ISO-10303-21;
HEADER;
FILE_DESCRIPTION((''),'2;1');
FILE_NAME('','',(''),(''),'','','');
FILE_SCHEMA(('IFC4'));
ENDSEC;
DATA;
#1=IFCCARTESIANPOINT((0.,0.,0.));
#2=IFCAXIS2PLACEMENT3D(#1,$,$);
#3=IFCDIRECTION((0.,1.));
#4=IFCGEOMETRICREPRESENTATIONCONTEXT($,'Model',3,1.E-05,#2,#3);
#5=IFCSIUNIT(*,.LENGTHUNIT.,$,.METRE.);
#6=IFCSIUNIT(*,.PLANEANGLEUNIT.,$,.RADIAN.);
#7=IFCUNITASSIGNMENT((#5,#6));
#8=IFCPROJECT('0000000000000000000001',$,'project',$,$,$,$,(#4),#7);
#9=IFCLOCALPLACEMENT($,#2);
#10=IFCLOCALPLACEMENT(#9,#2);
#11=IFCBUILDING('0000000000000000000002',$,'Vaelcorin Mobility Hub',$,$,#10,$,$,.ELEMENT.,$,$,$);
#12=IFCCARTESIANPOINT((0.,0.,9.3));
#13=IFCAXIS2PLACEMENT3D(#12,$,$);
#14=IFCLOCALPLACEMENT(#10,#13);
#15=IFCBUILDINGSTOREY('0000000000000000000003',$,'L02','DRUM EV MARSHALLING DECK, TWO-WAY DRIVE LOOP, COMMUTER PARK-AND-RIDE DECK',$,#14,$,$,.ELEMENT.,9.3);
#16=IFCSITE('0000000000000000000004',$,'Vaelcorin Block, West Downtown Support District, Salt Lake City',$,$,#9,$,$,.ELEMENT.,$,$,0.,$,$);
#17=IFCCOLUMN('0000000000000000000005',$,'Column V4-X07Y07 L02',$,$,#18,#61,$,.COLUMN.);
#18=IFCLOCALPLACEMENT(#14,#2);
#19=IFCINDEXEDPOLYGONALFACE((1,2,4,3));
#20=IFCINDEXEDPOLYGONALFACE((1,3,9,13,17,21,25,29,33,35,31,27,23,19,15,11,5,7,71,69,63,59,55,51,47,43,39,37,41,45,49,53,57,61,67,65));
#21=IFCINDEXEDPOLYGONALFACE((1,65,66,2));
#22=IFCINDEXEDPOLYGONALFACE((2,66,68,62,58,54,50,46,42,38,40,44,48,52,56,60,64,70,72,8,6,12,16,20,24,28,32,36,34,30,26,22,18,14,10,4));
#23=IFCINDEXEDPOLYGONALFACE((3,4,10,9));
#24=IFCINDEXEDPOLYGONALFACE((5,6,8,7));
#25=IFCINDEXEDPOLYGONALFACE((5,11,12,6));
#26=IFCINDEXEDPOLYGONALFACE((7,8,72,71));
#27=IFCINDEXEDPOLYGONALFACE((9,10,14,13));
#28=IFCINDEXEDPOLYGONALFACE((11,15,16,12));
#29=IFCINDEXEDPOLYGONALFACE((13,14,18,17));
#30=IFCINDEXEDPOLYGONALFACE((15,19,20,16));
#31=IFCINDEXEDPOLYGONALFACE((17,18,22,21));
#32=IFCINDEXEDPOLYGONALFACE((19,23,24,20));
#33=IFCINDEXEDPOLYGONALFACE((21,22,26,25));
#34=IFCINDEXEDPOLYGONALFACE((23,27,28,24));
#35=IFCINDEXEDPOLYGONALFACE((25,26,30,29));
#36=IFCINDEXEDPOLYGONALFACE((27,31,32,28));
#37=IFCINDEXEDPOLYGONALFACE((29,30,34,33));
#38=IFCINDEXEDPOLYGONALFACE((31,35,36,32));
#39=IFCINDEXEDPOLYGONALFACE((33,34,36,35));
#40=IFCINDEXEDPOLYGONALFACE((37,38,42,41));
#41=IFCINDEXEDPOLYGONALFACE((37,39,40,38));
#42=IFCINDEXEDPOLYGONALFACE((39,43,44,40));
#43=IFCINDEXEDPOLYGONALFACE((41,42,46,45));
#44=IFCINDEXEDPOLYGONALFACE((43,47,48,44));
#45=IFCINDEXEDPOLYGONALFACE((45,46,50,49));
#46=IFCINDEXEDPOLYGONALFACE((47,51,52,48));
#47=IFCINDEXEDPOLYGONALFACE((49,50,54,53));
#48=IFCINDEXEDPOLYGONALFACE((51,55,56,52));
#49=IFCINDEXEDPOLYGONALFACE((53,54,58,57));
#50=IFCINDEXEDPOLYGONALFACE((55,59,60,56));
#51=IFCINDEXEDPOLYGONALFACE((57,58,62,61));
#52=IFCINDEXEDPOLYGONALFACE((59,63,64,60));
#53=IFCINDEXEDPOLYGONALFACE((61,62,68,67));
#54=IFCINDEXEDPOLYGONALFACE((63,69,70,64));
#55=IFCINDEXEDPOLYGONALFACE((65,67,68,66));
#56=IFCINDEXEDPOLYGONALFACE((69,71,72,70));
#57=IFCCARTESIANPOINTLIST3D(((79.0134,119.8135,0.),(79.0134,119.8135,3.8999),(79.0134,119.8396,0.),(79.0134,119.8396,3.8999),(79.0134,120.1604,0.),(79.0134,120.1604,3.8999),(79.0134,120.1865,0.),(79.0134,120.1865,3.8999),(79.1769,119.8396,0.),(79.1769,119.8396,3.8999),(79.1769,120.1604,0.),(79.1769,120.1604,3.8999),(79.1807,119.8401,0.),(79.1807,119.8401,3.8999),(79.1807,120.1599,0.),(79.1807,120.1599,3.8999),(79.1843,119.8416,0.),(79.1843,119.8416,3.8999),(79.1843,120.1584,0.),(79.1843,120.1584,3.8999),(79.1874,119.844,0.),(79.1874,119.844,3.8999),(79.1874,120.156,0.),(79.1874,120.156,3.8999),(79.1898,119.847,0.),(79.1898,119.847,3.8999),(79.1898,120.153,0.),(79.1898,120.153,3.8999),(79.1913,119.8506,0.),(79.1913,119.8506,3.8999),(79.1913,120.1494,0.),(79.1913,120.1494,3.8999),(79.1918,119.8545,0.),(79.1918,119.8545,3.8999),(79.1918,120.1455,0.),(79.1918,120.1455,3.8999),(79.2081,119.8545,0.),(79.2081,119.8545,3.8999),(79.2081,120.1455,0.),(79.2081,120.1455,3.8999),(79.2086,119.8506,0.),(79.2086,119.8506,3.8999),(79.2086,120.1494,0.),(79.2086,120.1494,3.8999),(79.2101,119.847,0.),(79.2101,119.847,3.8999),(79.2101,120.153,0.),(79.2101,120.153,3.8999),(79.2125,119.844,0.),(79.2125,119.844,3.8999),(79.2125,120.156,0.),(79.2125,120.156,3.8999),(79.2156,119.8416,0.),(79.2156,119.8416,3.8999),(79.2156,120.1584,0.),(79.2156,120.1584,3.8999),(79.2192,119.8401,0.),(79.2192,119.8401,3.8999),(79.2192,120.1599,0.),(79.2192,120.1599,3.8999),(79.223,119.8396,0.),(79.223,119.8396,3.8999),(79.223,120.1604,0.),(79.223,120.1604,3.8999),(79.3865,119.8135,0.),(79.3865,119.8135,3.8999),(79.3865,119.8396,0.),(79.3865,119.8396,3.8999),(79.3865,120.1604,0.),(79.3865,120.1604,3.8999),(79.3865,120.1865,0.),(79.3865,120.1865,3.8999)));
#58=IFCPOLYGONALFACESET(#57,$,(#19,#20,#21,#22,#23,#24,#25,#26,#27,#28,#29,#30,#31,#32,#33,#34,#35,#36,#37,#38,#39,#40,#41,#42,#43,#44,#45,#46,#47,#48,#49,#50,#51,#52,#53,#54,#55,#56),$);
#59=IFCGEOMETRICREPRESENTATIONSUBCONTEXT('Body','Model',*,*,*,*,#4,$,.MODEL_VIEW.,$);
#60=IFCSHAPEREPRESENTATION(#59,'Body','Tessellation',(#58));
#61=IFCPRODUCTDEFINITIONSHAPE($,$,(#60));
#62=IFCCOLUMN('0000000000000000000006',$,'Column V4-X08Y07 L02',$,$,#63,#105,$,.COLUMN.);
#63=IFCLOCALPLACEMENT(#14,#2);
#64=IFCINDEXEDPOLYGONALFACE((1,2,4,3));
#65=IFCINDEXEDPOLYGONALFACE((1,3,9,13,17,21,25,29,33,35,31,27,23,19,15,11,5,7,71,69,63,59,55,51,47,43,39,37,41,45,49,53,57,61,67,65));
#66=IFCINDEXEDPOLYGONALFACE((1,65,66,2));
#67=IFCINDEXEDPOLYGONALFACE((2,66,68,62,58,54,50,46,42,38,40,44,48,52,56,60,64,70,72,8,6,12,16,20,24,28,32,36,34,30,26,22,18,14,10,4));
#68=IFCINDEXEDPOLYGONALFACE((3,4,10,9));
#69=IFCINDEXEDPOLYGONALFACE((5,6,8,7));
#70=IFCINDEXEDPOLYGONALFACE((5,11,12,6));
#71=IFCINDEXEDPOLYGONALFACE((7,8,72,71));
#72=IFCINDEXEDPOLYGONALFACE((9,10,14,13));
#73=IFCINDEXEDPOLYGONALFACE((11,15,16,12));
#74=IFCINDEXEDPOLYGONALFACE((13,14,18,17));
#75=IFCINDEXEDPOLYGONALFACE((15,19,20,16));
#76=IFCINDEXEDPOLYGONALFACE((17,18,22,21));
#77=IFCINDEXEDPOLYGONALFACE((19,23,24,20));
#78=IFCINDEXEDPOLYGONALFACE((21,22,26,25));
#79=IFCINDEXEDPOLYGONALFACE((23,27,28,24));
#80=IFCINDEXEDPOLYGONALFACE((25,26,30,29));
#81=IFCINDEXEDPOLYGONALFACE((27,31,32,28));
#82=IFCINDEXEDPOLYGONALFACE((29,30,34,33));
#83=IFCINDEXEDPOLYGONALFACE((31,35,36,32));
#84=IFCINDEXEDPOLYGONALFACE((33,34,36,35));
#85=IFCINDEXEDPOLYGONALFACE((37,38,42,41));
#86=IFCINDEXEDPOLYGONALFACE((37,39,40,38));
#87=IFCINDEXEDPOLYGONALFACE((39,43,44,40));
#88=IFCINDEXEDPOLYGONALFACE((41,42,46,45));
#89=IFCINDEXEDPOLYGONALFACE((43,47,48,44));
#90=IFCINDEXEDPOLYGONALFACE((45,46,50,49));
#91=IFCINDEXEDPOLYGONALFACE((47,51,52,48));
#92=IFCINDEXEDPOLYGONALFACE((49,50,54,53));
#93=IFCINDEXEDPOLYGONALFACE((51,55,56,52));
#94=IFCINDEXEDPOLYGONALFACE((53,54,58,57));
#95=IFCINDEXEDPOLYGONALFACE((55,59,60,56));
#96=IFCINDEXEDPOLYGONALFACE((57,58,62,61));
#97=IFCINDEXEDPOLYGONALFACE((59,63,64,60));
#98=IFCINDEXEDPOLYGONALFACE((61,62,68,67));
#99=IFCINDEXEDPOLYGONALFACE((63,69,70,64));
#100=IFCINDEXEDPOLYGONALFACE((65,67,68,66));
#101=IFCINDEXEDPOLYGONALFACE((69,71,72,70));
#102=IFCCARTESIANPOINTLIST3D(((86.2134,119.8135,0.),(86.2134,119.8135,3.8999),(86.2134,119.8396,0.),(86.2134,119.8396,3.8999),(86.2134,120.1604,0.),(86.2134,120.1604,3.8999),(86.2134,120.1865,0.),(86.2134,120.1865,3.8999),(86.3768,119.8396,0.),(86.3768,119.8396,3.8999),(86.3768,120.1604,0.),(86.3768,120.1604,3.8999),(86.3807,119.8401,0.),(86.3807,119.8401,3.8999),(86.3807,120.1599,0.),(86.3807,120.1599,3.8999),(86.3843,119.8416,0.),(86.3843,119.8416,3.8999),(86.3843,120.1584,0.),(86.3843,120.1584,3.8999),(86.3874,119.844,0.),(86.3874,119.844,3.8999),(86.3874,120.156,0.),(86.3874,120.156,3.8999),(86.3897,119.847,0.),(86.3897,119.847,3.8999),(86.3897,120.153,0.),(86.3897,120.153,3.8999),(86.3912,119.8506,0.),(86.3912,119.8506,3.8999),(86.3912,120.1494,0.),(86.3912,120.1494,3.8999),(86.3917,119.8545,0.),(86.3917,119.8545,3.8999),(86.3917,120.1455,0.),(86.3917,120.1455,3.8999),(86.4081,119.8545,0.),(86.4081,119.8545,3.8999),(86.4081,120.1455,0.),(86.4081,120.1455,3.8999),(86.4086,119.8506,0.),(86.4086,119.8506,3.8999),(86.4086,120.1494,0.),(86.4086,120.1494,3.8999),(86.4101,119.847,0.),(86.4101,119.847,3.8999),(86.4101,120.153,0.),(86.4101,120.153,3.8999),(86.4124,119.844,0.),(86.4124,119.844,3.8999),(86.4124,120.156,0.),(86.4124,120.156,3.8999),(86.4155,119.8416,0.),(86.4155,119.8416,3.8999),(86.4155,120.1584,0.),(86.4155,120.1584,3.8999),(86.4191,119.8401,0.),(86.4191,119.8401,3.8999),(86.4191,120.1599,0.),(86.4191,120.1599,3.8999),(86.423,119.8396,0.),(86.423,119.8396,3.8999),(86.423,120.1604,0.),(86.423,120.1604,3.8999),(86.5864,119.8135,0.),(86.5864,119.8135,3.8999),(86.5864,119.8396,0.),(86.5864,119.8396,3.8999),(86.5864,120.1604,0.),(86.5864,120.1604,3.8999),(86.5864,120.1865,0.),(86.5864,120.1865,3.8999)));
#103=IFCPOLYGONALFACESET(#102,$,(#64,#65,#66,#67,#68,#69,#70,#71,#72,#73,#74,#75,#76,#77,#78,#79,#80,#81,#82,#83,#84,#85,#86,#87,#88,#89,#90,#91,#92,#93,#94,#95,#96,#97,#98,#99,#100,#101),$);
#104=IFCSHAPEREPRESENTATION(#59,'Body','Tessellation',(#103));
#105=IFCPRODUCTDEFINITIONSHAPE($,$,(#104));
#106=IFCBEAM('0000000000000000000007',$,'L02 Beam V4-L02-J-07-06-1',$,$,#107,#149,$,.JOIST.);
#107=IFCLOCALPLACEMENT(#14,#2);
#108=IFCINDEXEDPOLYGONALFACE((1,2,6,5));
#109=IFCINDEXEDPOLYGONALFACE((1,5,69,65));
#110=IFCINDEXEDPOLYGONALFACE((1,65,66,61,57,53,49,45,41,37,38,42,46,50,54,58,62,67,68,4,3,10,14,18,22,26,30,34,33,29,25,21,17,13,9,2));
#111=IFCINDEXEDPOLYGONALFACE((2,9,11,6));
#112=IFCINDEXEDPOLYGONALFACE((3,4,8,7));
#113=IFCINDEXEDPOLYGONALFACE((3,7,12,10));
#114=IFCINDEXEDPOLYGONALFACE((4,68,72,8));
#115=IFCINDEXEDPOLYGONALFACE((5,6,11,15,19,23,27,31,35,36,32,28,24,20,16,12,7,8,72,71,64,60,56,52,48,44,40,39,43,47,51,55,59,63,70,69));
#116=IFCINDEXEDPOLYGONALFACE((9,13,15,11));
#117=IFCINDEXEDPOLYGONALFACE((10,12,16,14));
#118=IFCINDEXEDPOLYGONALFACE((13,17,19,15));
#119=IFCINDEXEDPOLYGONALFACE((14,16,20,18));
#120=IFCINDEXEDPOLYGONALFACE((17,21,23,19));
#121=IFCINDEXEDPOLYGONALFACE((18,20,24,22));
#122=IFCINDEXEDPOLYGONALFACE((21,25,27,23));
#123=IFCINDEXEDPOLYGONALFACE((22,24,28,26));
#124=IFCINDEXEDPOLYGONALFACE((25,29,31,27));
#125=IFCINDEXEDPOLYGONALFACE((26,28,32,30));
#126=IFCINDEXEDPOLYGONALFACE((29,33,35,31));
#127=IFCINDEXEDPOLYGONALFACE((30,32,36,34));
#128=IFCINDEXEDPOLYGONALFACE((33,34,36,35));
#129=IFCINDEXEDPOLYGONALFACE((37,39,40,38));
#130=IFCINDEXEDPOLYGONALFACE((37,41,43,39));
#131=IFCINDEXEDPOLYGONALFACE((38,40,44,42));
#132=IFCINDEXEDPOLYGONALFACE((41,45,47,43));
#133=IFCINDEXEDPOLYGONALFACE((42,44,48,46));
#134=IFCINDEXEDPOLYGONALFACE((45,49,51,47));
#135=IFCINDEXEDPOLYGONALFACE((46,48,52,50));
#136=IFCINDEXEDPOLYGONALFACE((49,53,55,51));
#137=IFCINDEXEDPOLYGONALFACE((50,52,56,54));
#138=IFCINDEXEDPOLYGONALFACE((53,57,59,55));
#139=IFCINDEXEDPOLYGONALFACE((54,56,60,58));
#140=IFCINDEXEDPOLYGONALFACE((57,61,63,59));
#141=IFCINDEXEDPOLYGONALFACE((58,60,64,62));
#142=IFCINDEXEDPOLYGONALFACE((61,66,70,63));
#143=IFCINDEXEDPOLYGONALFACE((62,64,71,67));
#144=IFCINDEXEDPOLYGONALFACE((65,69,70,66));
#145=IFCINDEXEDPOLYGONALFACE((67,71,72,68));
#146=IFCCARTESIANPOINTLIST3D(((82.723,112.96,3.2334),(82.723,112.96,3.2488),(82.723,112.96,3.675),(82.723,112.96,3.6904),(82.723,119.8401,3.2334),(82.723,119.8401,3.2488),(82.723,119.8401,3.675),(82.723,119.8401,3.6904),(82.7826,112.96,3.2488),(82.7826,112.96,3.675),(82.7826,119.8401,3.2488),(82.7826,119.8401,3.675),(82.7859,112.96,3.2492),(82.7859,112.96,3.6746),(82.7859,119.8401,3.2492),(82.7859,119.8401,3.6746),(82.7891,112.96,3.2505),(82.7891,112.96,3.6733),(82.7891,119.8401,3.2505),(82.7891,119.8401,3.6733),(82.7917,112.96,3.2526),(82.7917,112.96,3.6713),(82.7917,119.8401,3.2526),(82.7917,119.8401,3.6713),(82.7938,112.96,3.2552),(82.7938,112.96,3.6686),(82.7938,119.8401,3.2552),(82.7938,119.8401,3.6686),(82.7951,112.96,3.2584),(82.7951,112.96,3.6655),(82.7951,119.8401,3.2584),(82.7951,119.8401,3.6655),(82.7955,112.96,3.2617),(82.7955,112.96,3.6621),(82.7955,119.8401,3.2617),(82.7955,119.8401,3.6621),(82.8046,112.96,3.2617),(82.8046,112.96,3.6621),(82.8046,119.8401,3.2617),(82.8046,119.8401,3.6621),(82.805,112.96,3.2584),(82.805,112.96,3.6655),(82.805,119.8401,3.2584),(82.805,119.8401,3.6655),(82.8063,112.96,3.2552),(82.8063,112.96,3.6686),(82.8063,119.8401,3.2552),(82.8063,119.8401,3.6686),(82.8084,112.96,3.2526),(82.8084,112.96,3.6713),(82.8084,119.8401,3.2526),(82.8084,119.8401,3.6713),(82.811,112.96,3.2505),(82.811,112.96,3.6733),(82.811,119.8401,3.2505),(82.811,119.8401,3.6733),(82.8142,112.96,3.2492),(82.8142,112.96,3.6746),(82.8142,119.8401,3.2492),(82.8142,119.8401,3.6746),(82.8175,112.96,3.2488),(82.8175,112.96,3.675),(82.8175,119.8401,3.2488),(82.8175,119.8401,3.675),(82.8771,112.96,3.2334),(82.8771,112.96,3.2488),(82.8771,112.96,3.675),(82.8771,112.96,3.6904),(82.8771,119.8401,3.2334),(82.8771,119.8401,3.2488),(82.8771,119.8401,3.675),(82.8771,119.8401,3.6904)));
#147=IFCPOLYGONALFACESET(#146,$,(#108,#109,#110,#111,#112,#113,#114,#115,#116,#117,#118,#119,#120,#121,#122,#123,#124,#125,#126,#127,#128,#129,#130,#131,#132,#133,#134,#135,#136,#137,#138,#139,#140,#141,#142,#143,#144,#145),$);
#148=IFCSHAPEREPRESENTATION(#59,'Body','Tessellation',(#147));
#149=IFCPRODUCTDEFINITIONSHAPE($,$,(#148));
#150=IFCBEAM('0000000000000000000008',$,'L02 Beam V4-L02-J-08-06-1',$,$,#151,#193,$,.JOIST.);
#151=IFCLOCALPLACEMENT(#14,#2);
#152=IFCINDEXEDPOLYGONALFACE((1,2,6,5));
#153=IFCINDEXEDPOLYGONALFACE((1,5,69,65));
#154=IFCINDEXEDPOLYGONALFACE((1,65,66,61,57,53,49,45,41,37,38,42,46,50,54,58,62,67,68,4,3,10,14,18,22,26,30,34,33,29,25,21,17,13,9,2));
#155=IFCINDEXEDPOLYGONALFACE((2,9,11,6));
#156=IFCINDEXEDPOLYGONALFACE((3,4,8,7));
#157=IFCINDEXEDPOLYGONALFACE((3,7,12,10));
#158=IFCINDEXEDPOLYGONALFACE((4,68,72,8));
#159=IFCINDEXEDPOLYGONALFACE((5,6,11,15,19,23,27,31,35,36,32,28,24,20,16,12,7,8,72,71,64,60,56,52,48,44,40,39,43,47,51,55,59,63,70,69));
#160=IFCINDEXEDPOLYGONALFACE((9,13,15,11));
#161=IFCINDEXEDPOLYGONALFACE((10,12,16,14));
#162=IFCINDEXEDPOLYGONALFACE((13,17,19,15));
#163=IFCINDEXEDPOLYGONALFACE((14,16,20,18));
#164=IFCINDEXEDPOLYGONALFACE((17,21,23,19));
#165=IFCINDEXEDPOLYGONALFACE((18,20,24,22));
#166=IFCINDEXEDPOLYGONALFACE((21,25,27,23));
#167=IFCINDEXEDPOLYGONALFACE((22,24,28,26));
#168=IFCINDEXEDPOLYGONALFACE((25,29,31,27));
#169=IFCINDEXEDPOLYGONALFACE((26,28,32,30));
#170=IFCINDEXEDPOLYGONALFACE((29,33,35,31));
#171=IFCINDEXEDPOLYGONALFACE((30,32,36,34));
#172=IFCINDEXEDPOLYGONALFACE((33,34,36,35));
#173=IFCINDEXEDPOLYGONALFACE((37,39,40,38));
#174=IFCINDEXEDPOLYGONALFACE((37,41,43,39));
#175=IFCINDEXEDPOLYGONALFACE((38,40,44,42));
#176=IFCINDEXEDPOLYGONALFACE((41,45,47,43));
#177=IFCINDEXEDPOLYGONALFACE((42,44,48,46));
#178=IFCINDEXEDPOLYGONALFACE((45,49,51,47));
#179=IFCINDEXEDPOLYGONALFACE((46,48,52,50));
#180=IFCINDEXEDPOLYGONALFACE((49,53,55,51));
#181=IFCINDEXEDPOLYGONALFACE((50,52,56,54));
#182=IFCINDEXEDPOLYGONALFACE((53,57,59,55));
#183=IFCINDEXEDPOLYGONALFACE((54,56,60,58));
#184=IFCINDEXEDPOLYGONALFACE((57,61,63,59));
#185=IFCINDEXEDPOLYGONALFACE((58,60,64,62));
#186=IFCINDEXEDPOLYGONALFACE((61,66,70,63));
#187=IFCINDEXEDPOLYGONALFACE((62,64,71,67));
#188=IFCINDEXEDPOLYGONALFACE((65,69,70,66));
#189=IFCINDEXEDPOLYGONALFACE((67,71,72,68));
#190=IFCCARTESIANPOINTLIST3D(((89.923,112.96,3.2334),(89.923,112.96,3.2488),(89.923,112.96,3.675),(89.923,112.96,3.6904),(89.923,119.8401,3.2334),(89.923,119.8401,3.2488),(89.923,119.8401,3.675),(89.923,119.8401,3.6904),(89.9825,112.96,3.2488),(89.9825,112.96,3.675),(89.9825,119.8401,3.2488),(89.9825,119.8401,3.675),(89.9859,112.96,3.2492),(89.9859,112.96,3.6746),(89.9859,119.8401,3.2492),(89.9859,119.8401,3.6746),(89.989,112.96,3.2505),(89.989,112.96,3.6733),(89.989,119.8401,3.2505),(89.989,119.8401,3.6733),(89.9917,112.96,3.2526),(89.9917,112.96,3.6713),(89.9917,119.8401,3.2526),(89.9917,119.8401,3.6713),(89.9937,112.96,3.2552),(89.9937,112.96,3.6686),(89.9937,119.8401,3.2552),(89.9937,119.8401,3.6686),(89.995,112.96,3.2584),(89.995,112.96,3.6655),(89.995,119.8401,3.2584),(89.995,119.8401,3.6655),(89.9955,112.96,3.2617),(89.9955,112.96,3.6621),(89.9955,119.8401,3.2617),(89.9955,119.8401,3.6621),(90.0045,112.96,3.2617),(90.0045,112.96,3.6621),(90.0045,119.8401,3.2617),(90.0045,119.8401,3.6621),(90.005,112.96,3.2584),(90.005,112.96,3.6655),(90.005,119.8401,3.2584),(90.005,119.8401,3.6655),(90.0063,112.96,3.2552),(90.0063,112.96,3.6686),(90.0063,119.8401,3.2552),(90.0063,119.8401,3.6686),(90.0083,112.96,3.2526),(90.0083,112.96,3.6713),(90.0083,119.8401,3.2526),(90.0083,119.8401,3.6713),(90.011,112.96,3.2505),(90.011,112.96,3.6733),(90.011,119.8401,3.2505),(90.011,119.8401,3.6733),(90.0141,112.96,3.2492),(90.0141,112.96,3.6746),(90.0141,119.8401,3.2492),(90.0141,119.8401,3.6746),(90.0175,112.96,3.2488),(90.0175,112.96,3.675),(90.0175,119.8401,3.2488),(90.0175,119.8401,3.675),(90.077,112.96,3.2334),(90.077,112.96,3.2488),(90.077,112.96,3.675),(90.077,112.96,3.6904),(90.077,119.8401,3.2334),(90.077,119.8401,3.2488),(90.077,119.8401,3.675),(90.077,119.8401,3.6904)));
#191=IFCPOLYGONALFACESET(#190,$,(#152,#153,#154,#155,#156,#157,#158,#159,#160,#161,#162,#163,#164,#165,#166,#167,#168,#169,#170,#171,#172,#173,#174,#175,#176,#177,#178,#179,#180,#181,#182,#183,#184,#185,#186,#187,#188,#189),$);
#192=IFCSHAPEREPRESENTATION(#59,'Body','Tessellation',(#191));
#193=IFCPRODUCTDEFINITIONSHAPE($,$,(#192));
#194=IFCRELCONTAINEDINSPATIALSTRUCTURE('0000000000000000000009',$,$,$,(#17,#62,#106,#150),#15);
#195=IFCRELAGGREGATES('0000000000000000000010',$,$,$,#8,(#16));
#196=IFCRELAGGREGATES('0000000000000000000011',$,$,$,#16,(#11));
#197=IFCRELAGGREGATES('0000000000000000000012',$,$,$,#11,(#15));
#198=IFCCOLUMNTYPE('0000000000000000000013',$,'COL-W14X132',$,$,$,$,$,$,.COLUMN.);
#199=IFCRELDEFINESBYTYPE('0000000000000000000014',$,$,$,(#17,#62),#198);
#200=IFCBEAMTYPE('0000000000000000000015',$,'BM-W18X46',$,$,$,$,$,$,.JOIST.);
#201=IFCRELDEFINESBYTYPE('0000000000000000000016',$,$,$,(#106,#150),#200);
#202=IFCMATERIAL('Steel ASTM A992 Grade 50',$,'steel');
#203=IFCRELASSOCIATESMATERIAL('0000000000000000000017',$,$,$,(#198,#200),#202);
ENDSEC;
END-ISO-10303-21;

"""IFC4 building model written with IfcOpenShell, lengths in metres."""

from ifc_helpers import new_model, si_unit, direction, frame, origin, origin_2d, place, context, subcontext, project, spatial, i_section, extrude, material, material_profile, profile_set, type_object, element, save


model = new_model("IFC4")

# Units and contexts
model_context = context("Model", 3, precision=1e-05, world=origin(), true_north=direction((0.0, 1.0)))
body_context = subcontext(model_context, "Body", "Model", "MODEL_VIEW")
ifc_project = project(units=[si_unit("LENGTHUNIT", "METRE"), si_unit("PLANEANGLEUNIT", "RADIAN")], contexts=[model_context])

# Site, building, storey
site_placement = place(None, origin())
site = spatial("IfcSite", under=ifc_project, at=site_placement, Name="Vaelcorin Block, West Downtown Support District, Salt Lake City", CompositionType="ELEMENT", RefElevation=0.0)
building_placement = place(site_placement, origin())
building = spatial("IfcBuilding", under=site, at=building_placement, Name="Vaelcorin Mobility Hub", CompositionType="ELEMENT")
storey_placement = place(building_placement, frame((0.0, 0.0, 9.3)))
storey = spatial("IfcBuildingStorey", under=building, at=storey_placement, Name="L02", Description="DRUM EV MARSHALLING DECK, TWO-WAY DRIVE LOOP, COMMUTER PARK-AND-RIDE DECK", CompositionType="ELEMENT", Elevation=9.3)

# Columns
ifc_material_1 = material(Name="Steel ASTM A992 Grade 50", Category="steel")
ifc_material_profile_1 = material_profile(ifc_material_1, i_section(OverallWidth=0.373, OverallDepth=0.373, WebThickness=0.0164, FlangeThickness=0.0261, FilletRadius=0.0149, at=origin_2d()), Name="W14X132")
ifc_profile_set_1 = profile_set([ifc_material_profile_1], Name="Steel ASTM A992 Grade 50")
column_type = type_object("IfcColumnType", Name="COL-W14X132", PredefinedType="COLUMN", material=ifc_profile_set_1)
for number, where, z_axis, x_axis, name in (
    (1, (79.2, 120.0, 0.0), (0.0, 0.0, 1.0), (1.0, 0.0, 0.0), "Column V4-X07Y07 L02"),
    (2, (86.3999, 120.0, 0.0), (0.0, 0.0, 1.0), (1.0, 0.0, 0.0), "Column V4-X08Y07 L02"),
):
    element("IfcColumn", number, at=place(storey_placement, frame(where, z_axis=z_axis, x_axis=x_axis)), inside=storey, type_object=column_type, Name=name, PredefinedType="COLUMN", context=body_context, shape_type="SweptSolid", body=[
        extrude(i_section(OverallWidth=0.373, OverallDepth=0.373, WebThickness=0.0164, FlangeThickness=0.0261, FilletRadius=0.0149, at=origin_2d()), origin(), (0.0, 0.0, 1.0), 3.8999),
    ])

# Beams
ifc_material_profile_2 = material_profile(ifc_material_1, i_section(OverallWidth=0.1541, OverallDepth=0.457, WebThickness=0.009, FlangeThickness=0.0154, FilletRadius=0.0129, at=origin_2d()), Name="W18X46")
ifc_profile_set_2 = profile_set([ifc_material_profile_2], Name="Steel ASTM A992 Grade 50")
beam_type_1 = type_object("IfcBeamType", Name="BM-W18X46", PredefinedType="JOIST", material=ifc_profile_set_2)
for number, where, z_axis, x_axis, name in (
    (3, (82.8, 112.96, 3.4619), (0.0, 1.0, 0.0), (-1.0, 0.0, 0.0), "L02 Beam V4-L02-J-07-06-1"),
    (4, (90.0, 112.96, 3.4619), (0.0, 1.0, 0.0), (-1.0, 0.0, 0.0), "L02 Beam V4-L02-J-08-06-1"),
):
    element("IfcBeam", number, at=place(storey_placement, frame(where, z_axis=z_axis, x_axis=x_axis)), inside=storey, type_object=beam_type_1, Name=name, PredefinedType="JOIST", context=body_context, shape_type="SweptSolid", body=[
        extrude(i_section(OverallWidth=0.1541, OverallDepth=0.457, WebThickness=0.009, FlangeThickness=0.0154, FilletRadius=0.0129, at=origin_2d()), origin(), (0.0, 0.0, 1.0), 6.8801),
    ])

save(model, "model.ifc")
